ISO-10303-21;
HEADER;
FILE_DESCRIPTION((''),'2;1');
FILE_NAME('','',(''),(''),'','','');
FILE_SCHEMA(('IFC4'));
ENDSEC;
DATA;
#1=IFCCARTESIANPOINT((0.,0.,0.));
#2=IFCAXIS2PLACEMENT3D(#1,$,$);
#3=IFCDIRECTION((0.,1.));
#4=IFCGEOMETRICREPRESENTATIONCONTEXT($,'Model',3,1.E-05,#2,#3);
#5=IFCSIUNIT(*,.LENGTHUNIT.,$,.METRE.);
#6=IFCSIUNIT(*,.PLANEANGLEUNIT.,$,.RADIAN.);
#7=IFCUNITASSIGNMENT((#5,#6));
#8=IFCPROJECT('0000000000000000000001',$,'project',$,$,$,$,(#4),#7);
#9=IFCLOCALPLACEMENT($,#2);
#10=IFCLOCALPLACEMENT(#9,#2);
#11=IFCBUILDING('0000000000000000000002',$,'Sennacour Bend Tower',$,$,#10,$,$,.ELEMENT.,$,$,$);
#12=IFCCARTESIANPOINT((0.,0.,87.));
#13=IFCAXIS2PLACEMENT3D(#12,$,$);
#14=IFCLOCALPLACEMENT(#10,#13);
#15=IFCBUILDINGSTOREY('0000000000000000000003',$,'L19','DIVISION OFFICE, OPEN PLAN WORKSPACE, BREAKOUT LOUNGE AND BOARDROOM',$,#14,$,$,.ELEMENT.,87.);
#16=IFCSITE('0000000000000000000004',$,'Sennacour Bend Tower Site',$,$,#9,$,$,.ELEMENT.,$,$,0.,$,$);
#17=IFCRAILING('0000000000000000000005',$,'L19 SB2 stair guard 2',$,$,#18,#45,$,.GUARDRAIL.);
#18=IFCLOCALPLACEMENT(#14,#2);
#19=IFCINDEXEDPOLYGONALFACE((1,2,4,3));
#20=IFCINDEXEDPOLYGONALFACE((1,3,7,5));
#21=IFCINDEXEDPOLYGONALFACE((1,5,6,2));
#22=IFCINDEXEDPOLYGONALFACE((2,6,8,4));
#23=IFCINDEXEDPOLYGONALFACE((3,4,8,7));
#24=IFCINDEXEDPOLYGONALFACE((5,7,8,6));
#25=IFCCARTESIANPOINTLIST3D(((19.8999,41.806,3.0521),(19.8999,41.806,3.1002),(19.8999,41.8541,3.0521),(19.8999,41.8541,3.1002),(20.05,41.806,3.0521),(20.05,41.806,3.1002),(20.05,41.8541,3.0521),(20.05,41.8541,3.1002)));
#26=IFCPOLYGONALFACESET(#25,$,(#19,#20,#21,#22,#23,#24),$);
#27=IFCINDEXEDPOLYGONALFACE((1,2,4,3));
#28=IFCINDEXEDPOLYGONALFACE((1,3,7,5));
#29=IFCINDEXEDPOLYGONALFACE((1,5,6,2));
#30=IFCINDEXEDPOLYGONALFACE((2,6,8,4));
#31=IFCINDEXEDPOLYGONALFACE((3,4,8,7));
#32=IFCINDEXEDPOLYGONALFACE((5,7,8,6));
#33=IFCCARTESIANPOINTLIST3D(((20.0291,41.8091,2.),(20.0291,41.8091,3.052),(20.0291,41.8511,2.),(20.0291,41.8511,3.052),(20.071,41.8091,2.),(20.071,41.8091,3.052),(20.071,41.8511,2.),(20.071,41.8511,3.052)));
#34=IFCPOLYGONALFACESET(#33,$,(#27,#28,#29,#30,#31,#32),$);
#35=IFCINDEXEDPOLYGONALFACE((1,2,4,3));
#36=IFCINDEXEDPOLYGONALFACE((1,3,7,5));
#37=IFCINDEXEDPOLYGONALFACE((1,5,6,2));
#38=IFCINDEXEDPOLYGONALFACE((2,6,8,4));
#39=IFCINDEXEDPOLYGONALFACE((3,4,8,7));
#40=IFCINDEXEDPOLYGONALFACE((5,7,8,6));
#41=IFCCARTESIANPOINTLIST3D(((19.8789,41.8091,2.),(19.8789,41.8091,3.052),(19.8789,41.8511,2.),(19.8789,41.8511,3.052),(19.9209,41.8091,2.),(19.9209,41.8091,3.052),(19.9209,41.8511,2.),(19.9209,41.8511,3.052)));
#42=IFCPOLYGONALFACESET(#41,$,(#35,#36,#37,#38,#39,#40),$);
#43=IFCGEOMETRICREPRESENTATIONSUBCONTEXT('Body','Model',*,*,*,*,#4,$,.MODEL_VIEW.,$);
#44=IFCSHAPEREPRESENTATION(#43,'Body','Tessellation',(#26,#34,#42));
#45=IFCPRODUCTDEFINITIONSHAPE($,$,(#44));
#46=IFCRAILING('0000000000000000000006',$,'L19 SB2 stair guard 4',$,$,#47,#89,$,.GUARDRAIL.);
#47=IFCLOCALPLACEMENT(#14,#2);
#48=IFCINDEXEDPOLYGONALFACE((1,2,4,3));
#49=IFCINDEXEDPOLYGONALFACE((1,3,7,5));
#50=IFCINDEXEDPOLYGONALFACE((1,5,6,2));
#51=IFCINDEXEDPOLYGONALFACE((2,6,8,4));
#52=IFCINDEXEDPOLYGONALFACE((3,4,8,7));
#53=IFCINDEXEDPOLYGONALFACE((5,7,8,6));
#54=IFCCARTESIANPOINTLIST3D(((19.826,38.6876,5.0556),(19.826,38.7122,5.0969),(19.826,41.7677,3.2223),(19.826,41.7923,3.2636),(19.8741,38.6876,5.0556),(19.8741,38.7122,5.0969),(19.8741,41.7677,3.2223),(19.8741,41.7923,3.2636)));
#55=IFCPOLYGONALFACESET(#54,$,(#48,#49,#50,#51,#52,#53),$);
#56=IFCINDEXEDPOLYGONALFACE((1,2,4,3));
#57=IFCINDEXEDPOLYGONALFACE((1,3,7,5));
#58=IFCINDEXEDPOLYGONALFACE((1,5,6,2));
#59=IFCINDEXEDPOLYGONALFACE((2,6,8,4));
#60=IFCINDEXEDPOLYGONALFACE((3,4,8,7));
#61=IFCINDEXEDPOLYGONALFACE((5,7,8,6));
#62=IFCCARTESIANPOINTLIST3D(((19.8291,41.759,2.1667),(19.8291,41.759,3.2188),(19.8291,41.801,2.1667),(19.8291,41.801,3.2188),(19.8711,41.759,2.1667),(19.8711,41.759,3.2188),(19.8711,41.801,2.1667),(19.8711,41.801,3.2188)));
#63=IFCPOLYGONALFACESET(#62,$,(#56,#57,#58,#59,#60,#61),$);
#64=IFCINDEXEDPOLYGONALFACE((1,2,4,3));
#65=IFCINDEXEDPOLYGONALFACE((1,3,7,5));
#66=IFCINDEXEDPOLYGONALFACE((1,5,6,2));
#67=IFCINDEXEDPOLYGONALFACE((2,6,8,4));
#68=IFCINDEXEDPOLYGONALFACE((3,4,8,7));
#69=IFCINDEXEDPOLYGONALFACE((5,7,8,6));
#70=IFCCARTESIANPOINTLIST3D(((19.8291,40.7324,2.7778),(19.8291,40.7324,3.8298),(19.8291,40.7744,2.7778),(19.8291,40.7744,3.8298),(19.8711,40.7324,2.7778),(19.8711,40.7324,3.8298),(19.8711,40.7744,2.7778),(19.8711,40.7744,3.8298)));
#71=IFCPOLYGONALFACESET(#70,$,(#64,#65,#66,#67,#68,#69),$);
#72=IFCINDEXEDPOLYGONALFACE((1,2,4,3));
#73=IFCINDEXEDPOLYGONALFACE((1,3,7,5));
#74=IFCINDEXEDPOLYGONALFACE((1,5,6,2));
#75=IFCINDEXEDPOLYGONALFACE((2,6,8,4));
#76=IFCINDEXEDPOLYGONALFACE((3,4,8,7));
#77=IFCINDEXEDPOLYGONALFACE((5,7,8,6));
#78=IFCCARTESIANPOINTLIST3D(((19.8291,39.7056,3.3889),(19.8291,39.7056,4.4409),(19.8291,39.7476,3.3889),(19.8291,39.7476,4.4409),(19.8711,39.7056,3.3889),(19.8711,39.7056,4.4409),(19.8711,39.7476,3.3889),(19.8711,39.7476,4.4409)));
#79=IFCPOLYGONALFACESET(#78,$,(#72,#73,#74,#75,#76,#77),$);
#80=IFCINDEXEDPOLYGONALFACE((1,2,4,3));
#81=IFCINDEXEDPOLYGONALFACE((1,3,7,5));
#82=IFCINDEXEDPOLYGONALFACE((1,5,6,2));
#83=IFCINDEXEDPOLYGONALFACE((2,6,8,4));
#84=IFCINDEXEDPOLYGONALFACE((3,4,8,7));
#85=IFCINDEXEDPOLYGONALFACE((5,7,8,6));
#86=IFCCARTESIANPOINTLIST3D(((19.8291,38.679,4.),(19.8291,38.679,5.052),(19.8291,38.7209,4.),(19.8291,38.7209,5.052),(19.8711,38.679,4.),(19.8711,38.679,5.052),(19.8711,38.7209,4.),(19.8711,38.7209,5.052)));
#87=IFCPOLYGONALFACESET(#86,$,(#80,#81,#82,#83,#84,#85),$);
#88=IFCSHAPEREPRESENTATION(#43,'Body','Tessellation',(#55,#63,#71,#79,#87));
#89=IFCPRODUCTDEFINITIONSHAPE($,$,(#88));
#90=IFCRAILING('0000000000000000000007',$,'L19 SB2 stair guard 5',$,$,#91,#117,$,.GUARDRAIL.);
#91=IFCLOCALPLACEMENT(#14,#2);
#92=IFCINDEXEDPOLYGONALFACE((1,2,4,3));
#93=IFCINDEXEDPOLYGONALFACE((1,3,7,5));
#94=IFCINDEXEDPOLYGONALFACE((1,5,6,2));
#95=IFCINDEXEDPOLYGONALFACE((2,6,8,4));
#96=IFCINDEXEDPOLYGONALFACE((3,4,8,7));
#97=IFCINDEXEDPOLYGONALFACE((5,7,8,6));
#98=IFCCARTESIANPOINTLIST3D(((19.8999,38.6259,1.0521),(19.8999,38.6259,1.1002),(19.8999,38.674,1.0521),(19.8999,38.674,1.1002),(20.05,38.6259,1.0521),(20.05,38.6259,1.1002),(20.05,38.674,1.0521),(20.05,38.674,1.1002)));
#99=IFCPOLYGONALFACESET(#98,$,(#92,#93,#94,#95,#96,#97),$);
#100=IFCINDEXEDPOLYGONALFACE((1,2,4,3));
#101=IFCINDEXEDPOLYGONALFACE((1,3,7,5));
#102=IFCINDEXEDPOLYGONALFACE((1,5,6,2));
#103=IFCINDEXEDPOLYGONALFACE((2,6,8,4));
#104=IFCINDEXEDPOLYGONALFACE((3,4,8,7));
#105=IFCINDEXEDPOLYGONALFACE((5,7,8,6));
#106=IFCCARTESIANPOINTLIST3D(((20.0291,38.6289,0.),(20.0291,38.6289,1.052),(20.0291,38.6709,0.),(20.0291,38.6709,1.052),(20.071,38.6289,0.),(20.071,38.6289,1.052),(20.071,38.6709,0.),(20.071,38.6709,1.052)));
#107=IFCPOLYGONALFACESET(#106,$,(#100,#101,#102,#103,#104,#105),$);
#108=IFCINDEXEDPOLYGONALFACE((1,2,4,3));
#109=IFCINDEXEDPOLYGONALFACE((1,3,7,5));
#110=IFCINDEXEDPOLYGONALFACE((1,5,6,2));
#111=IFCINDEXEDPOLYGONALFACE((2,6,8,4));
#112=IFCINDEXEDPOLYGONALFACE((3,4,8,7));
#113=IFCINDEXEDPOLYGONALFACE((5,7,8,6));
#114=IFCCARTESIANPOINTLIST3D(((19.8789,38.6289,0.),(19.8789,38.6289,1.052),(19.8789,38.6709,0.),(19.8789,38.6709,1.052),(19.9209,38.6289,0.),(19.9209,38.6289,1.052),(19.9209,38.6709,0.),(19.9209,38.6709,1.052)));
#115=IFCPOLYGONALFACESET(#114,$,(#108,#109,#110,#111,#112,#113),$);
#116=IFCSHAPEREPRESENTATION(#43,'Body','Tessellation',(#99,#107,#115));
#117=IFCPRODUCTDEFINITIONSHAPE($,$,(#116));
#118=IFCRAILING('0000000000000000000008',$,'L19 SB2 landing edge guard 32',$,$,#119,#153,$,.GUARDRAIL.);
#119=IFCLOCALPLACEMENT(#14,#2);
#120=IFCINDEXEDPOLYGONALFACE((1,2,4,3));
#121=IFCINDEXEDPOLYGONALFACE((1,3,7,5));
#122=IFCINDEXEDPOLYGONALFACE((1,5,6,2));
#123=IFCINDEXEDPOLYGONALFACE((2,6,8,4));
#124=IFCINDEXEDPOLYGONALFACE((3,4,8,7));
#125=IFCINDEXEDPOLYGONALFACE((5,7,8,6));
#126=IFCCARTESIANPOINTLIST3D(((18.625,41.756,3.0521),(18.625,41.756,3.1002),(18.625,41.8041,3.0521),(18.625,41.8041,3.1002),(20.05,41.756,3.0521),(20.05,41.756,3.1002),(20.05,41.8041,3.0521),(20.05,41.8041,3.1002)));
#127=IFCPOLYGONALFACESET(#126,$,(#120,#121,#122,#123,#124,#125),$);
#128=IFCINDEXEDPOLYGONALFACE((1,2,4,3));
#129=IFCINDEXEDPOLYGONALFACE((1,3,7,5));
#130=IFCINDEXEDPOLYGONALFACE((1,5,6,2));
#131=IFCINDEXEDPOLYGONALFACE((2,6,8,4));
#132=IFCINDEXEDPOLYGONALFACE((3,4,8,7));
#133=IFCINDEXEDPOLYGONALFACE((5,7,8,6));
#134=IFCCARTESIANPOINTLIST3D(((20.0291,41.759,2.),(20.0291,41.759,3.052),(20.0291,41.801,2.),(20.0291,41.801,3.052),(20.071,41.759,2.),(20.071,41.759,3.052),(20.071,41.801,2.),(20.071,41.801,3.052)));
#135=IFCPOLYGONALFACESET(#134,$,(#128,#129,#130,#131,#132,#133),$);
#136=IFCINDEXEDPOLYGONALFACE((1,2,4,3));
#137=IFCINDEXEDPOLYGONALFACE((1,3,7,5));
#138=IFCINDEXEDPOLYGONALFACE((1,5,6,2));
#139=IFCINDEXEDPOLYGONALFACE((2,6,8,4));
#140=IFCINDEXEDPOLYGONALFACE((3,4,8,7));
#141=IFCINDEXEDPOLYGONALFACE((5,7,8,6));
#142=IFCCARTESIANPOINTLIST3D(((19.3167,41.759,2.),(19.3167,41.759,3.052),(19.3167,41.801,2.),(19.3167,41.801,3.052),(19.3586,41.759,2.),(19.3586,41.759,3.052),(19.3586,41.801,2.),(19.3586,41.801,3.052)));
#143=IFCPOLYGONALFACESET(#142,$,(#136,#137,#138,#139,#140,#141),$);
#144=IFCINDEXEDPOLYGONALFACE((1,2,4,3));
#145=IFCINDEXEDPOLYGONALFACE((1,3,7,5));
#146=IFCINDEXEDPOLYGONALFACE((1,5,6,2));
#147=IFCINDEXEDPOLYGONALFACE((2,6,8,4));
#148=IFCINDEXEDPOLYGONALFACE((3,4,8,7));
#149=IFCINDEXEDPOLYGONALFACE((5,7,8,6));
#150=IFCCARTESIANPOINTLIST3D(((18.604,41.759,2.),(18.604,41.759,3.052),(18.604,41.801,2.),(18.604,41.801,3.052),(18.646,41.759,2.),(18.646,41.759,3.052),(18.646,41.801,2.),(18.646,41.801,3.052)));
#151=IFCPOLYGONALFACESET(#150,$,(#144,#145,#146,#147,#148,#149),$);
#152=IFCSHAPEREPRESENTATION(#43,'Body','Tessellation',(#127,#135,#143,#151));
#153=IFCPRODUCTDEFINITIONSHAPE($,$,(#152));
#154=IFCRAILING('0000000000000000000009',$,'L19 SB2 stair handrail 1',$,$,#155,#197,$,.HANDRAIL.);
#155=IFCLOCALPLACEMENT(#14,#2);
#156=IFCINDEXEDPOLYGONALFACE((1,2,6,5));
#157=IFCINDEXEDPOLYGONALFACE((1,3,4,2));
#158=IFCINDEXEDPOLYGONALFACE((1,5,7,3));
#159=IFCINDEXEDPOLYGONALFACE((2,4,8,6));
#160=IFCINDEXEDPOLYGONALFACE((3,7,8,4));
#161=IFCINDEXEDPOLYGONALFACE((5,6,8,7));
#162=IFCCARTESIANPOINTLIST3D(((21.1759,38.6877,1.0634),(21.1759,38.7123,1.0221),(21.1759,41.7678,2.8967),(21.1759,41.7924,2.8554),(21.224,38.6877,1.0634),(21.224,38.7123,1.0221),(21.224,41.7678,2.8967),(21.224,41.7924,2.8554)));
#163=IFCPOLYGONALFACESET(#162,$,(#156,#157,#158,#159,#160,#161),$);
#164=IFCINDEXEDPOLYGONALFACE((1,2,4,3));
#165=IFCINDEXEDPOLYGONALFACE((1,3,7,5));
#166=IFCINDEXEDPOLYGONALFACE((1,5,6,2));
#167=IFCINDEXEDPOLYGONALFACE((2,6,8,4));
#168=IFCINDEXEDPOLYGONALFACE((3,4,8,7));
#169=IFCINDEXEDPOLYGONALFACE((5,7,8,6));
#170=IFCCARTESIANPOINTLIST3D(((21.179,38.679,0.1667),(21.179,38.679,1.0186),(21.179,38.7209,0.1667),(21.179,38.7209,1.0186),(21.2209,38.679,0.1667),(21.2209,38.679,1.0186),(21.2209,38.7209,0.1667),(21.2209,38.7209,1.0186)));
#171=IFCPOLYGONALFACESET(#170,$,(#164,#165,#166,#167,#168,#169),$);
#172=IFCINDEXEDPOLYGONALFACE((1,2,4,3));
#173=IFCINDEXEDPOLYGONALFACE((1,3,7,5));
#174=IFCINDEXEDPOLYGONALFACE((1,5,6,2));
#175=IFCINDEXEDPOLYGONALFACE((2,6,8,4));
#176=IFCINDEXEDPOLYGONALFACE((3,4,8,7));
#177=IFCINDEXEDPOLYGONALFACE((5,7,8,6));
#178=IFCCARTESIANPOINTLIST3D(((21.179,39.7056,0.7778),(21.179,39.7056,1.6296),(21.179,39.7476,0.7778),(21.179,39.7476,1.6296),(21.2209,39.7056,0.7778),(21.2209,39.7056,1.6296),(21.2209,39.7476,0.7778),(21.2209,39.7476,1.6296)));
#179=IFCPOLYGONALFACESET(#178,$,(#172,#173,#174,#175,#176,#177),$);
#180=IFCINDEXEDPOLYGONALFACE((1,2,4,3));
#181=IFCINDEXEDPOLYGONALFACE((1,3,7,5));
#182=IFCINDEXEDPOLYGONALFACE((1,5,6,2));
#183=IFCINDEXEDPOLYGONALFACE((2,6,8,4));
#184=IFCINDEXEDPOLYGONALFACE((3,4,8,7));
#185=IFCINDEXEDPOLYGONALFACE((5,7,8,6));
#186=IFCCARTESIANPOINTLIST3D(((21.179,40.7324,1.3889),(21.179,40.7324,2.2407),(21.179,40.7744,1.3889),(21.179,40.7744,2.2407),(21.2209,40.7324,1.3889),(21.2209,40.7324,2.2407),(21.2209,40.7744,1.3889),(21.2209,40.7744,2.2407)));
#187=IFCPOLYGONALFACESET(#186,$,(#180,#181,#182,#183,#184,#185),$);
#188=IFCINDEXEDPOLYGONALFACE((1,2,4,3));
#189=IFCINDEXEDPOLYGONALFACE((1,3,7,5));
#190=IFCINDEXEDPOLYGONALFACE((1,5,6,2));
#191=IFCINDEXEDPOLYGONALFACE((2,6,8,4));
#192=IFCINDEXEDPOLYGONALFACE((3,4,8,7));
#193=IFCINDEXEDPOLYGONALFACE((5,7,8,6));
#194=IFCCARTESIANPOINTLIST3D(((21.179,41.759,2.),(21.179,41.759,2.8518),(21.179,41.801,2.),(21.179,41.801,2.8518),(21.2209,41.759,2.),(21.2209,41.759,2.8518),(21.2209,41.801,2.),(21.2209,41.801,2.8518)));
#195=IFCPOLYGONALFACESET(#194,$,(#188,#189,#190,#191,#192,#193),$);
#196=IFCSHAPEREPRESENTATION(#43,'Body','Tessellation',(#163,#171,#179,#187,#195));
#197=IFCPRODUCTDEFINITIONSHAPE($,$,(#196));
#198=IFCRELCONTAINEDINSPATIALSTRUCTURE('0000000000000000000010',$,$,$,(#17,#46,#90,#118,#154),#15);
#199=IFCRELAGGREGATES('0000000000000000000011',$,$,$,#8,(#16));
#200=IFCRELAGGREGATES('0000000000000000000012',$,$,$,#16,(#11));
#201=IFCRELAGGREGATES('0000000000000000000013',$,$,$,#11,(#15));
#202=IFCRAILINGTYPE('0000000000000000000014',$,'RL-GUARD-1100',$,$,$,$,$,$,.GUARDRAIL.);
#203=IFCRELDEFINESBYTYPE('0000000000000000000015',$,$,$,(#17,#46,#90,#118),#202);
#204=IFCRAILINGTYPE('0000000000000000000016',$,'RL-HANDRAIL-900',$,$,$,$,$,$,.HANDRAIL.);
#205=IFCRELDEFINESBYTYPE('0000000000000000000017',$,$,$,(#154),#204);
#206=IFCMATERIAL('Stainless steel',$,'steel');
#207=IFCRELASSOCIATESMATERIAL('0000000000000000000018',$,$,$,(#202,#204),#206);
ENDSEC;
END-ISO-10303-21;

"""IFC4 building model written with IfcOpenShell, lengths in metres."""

from ifc_helpers import new_model, si_unit, direction, frame, origin, origin_2d, place, context, subcontext, project, spatial, rectangle, extrude, material, type_object, element, save


model = new_model("IFC4")

# Units and contexts
model_context = context("Model", 3, precision=1e-05, world=origin(), true_north=direction((0.0, 1.0)))
body_context = subcontext(model_context, "Body", "Model", "MODEL_VIEW")
ifc_project = project(units=[si_unit("LENGTHUNIT", "METRE"), si_unit("PLANEANGLEUNIT", "RADIAN")], contexts=[model_context])

# Site, building, storey
site_placement = place(None, origin())
site = spatial("IfcSite", under=ifc_project, at=site_placement, Name="Sennacour Bend Tower Site", CompositionType="ELEMENT", RefElevation=0.0)
building_placement = place(site_placement, origin())
building = spatial("IfcBuilding", under=site, at=building_placement, Name="Sennacour Bend Tower", CompositionType="ELEMENT")
storey_placement = place(building_placement, frame((0.0, 0.0, 87.0)))
storey = spatial("IfcBuildingStorey", under=building, at=storey_placement, Name="L19", Description="DIVISION OFFICE, OPEN PLAN WORKSPACE, BREAKOUT LOUNGE AND BOARDROOM", CompositionType="ELEMENT", Elevation=87.0)

# Shared definitions
ifc_material_1 = material(Name="Stainless steel", Category="steel")

# Railings
railing_type_1 = type_object("IfcRailingType", Name="RL-GUARD-1100", PredefinedType="GUARDRAIL", material=ifc_material_1)
railing_1_placement = place(storey_placement, frame((20.05, 41.8301, 2.0)))
element("IfcRailing", 1, at=railing_1_placement, inside=storey, type_object=railing_type_1, Name="L19 SB2 stair guard 2", PredefinedType="GUARDRAIL", context=body_context, shape_type="SweptSolid", body=[
    extrude(rectangle(XDim=0.0481, YDim=0.0481, at=origin_2d()), frame((0.0, 0.0, 1.0762), z_axis=(-1.0, 0.0, 0.0), x_axis=(0.0, -1.0, 0.0)), (0.0, 0.0, 1.0), 0.1501),
    extrude(rectangle(XDim=0.042, YDim=0.042, at=origin_2d()), origin(), (0.0, 0.0, 1.0), 1.052),
    extrude(rectangle(XDim=0.042, YDim=0.042, at=origin_2d()), frame((-0.1501, 0.0, 0.0)), (0.0, 0.0, 1.0), 1.052),
])
railing_2_placement = place(storey_placement, frame((19.8501, 41.78, 2.1667)))
element("IfcRailing", 2, at=railing_2_placement, inside=storey, type_object=railing_type_1, Name="L19 SB2 stair guard 4", PredefinedType="GUARDRAIL", context=body_context, shape_type="SweptSolid", body=[
    extrude(rectangle(XDim=0.0481, YDim=0.0481, at=origin_2d()), frame((0.0, 0.0, 1.0762), z_axis=(0.0, -0.859309, 0.511458), x_axis=(1.0, 0.0, 0.0)), (0.0, 0.0, 1.0), 3.5845),
    extrude(rectangle(XDim=0.042, YDim=0.042, at=origin_2d()), origin(), (0.0, 0.0, 1.0), 1.052),
    extrude(rectangle(XDim=0.042, YDim=0.042, at=origin_2d()), frame((0.0, -1.0266, 0.6111)), (0.0, 0.0, 1.0), 1.052),
    extrude(rectangle(XDim=0.042, YDim=0.042, at=origin_2d()), frame((0.0, -2.0535, 1.2222)), (0.0, 0.0, 1.0), 1.052),
    extrude(rectangle(XDim=0.042, YDim=0.042, at=origin_2d()), frame((0.0, -3.0801, 1.8333)), (0.0, 0.0, 1.0), 1.052),
])
railing_3_placement = place(storey_placement, frame((20.05, 38.6499, 0.0)))
element("IfcRailing", 3, at=railing_3_placement, inside=storey, type_object=railing_type_1, Name="L19 SB2 stair guard 5", PredefinedType="GUARDRAIL", context=body_context, shape_type="SweptSolid", body=[
    extrude(rectangle(XDim=0.0481, YDim=0.0481, at=origin_2d()), frame((0.0, 0.0, 1.0762), z_axis=(-1.0, 0.0, 0.0), x_axis=(0.0, -1.0, 0.0)), (0.0, 0.0, 1.0), 0.1501),
    extrude(rectangle(XDim=0.042, YDim=0.042, at=origin_2d()), origin(), (0.0, 0.0, 1.0), 1.052),
    extrude(rectangle(XDim=0.042, YDim=0.042, at=origin_2d()), frame((-0.1501, 0.0, 0.0)), (0.0, 0.0, 1.0), 1.052),
])
railing_4_placement = place(storey_placement, frame((20.05, 41.78, 2.0)))
element("IfcRailing", 4, at=railing_4_placement, inside=storey, type_object=railing_type_1, Name="L19 SB2 landing edge guard 32", PredefinedType="GUARDRAIL", context=body_context, shape_type="SweptSolid", body=[
    extrude(rectangle(XDim=0.0481, YDim=0.0481, at=origin_2d()), frame((0.0, 0.0, 1.0762), z_axis=(-1.0, 0.0, 0.0), x_axis=(0.0, -1.0, 0.0)), (0.0, 0.0, 1.0), 1.425),
    extrude(rectangle(XDim=0.042, YDim=0.042, at=origin_2d()), origin(), (0.0, 0.0, 1.0), 1.052),
    extrude(rectangle(XDim=0.042, YDim=0.042, at=origin_2d()), frame((-0.7124, 0.0, 0.0)), (0.0, 0.0, 1.0), 1.052),
    extrude(rectangle(XDim=0.042, YDim=0.042, at=origin_2d()), frame((-1.425, 0.0, 0.0)), (0.0, 0.0, 1.0), 1.052),
])
railing_type_2 = type_object("IfcRailingType", Name="RL-HANDRAIL-900", PredefinedType="HANDRAIL", material=ifc_material_1)
railing_5_placement = place(storey_placement, frame((21.2, 38.7, 0.1667)))
element("IfcRailing", 5, at=railing_5_placement, inside=storey, type_object=railing_type_2, Name="L19 SB2 stair handrail 1", PredefinedType="HANDRAIL", context=body_context, shape_type="SweptSolid", body=[
    extrude(rectangle(XDim=0.0481, YDim=0.0481, at=origin_2d()), frame((0.0, 0.0, 0.876), z_axis=(0.0, 0.859309, 0.511458), x_axis=(-1.0, 0.0, 0.0)), (0.0, 0.0, 1.0), 3.5845),
    extrude(rectangle(XDim=0.042, YDim=0.042, at=origin_2d()), origin(), (0.0, 0.0, 1.0), 0.8518),
    extrude(rectangle(XDim=0.042, YDim=0.042, at=origin_2d()), frame((0.0, 1.0266, 0.6111)), (0.0, 0.0, 1.0), 0.8518),
    extrude(rectangle(XDim=0.042, YDim=0.042, at=origin_2d()), frame((0.0, 2.0535, 1.2222)), (0.0, 0.0, 1.0), 0.8518),
    extrude(rectangle(XDim=0.042, YDim=0.042, at=origin_2d()), frame((0.0, 3.0801, 1.8333)), (0.0, 0.0, 1.0), 0.8518),
])

save(model, "model.ifc")
